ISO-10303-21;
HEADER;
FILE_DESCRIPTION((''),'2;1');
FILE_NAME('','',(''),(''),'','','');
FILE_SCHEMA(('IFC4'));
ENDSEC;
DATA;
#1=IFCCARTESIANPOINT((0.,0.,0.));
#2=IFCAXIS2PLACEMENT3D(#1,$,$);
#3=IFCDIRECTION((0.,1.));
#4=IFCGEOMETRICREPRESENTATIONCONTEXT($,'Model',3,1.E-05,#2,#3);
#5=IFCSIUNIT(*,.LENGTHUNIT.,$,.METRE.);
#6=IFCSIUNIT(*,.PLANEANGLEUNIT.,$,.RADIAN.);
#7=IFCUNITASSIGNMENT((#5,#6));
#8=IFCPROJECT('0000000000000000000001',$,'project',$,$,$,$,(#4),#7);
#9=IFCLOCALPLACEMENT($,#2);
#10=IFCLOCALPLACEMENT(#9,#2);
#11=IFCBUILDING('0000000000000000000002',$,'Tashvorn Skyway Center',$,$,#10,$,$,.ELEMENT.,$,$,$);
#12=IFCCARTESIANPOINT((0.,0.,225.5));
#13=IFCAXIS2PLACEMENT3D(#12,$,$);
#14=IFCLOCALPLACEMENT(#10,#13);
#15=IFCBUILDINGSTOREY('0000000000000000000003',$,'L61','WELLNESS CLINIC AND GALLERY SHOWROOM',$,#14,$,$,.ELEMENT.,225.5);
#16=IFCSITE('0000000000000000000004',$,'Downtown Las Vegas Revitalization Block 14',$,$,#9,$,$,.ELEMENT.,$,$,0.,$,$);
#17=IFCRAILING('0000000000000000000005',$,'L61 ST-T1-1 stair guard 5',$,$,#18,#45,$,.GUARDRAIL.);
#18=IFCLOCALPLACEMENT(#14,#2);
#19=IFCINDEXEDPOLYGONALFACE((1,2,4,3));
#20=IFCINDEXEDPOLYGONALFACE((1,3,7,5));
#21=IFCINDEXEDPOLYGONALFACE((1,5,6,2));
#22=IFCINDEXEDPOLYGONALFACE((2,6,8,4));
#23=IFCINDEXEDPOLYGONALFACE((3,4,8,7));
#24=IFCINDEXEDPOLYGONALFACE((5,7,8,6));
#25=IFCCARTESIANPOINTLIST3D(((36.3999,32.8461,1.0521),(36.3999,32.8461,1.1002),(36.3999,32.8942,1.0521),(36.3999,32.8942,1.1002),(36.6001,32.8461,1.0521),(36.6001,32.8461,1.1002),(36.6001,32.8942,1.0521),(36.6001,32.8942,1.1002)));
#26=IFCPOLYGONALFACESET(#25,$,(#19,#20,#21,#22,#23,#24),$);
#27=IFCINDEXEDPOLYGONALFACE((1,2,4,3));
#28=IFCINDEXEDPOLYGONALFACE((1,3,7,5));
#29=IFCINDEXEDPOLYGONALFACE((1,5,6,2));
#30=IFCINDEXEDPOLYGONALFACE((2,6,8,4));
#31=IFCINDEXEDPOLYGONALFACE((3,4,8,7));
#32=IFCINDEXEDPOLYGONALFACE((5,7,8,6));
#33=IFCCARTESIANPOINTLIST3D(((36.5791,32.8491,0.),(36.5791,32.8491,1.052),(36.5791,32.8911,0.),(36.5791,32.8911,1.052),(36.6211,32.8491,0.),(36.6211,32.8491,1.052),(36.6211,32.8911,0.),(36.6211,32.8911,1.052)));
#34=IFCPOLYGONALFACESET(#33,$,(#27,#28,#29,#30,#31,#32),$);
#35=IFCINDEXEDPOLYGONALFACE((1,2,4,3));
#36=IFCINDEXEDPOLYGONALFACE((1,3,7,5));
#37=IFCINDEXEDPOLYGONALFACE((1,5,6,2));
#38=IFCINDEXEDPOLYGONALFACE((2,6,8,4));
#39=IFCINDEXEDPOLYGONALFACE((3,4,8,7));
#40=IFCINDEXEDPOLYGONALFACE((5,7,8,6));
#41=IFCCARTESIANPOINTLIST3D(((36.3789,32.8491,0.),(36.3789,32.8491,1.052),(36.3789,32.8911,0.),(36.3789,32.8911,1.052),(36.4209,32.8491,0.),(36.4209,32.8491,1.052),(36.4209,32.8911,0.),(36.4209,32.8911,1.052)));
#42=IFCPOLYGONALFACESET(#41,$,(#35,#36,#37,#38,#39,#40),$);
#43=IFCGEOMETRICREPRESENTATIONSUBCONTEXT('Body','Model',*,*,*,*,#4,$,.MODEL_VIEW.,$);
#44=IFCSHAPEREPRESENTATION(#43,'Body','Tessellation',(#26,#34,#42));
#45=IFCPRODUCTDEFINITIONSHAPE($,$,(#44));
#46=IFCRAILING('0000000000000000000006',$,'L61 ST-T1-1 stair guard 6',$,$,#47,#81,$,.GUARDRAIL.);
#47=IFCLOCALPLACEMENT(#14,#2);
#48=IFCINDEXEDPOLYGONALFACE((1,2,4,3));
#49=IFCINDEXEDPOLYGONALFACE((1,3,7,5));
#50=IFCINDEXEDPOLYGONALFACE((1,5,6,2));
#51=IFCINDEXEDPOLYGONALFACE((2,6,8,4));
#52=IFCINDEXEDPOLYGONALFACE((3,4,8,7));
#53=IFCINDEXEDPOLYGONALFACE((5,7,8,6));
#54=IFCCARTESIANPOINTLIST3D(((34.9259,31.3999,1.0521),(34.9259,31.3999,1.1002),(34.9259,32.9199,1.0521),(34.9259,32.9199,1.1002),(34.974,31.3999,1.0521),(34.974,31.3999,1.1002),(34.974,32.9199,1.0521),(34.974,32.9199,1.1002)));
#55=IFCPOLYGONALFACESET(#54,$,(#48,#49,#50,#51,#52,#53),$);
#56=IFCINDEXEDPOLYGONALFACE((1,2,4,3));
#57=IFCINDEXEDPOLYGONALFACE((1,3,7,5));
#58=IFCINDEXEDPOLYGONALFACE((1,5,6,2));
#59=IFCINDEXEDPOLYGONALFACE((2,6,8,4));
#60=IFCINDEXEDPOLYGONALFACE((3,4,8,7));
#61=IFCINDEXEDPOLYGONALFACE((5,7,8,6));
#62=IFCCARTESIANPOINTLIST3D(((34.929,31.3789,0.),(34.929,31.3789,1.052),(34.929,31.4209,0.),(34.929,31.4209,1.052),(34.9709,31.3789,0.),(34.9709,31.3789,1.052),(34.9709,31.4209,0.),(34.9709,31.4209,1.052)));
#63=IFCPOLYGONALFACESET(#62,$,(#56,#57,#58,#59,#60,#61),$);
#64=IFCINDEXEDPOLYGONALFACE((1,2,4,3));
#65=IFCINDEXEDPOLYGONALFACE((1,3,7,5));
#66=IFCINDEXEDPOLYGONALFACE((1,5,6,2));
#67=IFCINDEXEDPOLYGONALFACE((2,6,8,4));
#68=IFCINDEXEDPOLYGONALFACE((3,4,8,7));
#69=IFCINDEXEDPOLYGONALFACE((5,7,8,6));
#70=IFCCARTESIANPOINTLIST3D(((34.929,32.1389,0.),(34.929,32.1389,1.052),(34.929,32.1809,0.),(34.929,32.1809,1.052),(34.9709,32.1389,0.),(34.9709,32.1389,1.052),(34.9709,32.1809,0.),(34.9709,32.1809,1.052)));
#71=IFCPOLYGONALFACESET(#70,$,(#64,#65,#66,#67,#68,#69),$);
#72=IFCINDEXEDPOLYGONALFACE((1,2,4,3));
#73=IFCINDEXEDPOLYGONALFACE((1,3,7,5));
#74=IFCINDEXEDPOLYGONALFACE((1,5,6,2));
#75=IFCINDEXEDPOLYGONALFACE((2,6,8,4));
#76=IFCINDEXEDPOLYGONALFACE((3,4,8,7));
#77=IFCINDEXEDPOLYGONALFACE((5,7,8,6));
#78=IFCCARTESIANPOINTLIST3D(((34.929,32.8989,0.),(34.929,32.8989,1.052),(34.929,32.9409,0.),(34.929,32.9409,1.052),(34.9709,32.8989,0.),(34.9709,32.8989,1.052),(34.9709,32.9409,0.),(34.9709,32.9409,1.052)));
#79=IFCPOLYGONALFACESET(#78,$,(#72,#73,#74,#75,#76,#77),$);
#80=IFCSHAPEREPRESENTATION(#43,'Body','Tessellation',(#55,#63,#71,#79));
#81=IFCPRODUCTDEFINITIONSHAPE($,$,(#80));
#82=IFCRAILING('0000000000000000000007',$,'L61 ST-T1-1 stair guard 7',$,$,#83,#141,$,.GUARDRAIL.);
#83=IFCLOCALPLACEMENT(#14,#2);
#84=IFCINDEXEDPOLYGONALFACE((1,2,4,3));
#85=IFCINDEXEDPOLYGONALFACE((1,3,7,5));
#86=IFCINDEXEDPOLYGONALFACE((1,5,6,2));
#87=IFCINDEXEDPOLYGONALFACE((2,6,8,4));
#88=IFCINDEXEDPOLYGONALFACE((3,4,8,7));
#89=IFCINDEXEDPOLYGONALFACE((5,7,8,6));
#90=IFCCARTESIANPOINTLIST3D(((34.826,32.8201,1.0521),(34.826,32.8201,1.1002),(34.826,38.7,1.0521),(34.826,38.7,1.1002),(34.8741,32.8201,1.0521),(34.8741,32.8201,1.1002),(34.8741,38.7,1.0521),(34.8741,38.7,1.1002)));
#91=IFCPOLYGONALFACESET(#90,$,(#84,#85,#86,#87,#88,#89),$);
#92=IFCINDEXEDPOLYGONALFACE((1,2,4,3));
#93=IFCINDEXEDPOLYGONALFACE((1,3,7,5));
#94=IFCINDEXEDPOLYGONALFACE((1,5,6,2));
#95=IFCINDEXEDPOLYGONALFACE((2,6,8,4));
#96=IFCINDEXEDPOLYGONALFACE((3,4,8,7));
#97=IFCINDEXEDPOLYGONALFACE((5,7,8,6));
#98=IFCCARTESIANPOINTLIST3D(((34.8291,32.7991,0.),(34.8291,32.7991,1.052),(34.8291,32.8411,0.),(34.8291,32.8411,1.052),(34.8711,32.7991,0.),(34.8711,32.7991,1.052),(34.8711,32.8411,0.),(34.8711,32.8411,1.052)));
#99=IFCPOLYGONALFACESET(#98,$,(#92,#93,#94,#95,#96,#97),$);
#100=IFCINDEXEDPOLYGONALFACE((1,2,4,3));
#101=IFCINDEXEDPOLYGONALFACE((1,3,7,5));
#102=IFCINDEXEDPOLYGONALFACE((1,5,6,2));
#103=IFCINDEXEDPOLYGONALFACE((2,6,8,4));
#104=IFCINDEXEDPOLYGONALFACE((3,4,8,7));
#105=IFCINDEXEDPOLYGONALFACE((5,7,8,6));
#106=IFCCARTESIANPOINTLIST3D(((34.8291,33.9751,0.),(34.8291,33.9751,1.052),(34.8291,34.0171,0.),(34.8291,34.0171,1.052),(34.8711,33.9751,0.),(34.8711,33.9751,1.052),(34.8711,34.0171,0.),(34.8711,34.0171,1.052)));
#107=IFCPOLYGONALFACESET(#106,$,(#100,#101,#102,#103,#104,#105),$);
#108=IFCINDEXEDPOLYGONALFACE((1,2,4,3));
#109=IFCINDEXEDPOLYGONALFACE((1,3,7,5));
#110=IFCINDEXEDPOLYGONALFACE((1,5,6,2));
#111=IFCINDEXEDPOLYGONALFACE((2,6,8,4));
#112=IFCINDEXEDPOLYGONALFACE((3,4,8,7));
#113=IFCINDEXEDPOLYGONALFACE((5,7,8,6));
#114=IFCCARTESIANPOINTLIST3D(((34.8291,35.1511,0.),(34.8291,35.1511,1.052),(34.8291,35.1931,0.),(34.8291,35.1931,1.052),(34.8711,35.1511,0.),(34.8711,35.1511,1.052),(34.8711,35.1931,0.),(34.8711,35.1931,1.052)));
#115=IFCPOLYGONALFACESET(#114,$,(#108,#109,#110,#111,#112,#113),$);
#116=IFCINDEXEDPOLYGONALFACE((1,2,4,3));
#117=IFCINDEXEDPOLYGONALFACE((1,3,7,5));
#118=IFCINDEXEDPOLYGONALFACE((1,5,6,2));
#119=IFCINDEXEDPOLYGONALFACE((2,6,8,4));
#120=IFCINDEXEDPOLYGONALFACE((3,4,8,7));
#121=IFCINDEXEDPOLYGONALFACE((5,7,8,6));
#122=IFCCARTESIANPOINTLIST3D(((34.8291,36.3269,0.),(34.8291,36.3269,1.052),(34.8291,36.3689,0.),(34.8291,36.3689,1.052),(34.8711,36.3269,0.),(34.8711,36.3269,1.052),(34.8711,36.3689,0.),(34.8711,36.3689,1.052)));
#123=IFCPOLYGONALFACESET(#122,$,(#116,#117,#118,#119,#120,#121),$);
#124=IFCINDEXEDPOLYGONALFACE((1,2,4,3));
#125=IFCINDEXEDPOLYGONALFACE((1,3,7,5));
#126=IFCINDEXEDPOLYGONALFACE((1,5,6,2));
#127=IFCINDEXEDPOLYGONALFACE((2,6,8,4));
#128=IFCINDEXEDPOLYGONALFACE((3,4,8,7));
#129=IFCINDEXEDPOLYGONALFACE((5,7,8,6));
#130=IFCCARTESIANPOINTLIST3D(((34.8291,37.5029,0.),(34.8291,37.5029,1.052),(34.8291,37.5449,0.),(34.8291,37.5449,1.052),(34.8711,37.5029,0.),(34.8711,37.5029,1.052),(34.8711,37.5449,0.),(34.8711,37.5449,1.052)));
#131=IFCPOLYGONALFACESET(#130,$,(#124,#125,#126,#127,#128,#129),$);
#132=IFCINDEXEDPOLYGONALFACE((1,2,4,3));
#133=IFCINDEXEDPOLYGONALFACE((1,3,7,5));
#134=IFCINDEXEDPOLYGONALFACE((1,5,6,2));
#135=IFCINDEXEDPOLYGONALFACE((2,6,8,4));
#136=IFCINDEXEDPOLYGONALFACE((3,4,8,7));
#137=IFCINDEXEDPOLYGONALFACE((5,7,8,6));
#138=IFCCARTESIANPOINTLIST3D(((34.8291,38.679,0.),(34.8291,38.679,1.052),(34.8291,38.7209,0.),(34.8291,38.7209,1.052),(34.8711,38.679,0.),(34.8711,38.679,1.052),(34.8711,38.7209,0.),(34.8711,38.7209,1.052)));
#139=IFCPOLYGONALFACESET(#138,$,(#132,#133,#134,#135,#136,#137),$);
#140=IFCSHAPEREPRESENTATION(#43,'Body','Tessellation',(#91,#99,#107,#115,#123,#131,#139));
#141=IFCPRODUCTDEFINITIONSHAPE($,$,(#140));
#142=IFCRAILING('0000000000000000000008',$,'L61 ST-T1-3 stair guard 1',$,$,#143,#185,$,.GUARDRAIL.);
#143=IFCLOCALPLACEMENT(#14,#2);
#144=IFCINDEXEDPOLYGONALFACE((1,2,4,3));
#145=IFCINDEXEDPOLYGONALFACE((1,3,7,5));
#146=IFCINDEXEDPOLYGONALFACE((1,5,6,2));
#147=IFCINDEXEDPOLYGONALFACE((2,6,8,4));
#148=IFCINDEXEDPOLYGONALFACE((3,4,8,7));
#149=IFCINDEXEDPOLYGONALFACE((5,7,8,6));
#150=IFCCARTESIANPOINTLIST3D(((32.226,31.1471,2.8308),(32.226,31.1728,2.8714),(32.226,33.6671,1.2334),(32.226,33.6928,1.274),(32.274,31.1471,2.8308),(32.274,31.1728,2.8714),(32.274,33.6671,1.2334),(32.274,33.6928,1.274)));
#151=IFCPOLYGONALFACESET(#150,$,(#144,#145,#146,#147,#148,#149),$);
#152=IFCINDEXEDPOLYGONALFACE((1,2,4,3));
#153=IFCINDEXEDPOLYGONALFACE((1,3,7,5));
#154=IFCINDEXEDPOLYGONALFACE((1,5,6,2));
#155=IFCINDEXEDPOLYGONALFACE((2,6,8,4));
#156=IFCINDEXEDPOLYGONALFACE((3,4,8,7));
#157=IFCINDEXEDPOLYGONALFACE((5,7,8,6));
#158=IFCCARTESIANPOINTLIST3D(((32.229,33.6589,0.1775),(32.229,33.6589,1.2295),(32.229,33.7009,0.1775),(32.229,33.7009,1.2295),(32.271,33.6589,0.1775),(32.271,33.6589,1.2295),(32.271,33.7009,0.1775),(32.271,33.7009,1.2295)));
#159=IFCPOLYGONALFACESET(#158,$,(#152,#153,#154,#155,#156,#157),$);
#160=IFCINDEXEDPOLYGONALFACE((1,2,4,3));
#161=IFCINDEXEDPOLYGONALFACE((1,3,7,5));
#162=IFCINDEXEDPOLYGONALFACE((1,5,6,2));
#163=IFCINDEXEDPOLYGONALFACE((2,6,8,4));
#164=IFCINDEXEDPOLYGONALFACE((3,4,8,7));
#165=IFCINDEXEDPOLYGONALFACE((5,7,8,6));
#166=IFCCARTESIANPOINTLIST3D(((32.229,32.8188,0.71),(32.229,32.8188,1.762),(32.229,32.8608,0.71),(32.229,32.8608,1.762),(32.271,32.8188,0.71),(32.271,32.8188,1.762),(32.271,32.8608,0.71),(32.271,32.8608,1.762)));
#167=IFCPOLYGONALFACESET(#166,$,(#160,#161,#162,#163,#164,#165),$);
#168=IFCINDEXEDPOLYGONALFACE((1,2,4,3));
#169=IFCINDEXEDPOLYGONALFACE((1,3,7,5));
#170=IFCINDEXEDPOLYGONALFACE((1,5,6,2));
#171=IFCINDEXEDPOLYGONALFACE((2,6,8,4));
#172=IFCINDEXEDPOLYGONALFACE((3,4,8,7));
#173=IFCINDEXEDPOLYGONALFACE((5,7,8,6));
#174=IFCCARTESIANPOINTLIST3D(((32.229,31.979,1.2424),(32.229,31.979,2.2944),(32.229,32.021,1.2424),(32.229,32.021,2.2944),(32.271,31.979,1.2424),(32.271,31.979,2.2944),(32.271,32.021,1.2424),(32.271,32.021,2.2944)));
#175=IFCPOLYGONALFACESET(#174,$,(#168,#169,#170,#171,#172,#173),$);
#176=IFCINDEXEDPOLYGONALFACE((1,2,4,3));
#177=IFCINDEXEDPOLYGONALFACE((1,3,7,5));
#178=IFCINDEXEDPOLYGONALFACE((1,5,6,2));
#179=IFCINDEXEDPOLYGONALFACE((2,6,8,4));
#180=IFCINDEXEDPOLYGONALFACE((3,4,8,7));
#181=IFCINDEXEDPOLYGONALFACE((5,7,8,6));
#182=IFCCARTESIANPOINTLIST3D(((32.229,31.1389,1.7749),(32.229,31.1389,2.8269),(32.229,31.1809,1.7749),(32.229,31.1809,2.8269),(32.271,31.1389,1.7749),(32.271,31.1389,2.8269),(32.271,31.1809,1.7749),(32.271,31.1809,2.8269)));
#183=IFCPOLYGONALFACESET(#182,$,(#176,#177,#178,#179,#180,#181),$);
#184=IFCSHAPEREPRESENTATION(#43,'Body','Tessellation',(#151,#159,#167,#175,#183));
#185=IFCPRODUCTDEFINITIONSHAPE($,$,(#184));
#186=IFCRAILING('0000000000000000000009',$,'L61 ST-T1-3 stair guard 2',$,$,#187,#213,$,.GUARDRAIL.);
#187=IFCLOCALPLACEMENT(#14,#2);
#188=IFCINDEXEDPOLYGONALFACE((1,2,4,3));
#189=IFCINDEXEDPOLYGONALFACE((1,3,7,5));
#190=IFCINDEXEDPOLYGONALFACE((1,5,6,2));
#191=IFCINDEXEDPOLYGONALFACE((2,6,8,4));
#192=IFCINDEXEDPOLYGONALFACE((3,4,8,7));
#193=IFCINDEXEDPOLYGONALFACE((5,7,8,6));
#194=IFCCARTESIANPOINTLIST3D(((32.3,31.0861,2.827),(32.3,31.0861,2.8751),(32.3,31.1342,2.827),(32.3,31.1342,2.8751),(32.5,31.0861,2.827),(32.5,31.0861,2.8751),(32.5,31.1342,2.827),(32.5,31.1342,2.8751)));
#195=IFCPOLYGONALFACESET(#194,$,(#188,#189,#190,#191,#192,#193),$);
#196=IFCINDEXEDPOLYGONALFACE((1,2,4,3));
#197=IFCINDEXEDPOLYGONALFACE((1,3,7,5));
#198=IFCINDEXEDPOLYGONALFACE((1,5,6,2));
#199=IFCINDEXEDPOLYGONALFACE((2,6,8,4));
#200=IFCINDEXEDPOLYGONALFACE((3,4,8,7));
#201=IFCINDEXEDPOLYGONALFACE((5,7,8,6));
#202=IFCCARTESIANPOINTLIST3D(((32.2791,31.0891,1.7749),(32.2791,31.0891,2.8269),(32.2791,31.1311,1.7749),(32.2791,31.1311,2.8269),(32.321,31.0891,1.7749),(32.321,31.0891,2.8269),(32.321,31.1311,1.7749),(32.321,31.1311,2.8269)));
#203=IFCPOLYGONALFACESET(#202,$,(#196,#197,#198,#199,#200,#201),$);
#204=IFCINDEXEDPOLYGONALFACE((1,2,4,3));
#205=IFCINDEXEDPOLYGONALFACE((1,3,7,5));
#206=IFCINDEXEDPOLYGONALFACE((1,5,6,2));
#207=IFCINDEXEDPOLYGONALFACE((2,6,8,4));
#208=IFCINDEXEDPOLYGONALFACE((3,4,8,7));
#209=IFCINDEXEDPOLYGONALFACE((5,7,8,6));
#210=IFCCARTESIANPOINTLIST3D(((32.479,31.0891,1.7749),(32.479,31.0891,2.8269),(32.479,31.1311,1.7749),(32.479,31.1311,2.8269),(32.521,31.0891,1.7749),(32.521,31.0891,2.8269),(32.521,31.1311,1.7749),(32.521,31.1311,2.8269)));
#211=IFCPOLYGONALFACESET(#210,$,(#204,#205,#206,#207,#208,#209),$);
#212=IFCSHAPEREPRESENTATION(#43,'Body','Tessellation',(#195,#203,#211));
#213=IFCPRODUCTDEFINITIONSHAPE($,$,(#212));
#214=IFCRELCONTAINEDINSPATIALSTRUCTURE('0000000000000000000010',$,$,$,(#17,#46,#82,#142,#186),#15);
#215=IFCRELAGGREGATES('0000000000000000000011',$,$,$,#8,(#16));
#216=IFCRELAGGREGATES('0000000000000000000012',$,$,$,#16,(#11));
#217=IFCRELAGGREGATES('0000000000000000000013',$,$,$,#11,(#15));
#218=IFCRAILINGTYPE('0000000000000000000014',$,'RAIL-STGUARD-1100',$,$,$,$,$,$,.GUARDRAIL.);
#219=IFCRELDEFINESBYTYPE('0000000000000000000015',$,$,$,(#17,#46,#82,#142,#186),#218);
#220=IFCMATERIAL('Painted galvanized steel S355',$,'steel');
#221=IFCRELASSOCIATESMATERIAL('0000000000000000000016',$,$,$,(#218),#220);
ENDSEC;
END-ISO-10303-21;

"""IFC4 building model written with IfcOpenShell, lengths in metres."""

from ifc_helpers import new_model, si_unit, direction, frame, origin, origin_2d, place, context, subcontext, project, spatial, rectangle, extrude, material, type_object, element, save


model = new_model("IFC4")

# Units and contexts
model_context = context("Model", 3, precision=1e-05, world=origin(), true_north=direction((0.0, 1.0)))
body_context = subcontext(model_context, "Body", "Model", "MODEL_VIEW")
ifc_project = project(units=[si_unit("LENGTHUNIT", "METRE"), si_unit("PLANEANGLEUNIT", "RADIAN")], contexts=[model_context])

# Site, building, storey
site_placement = place(None, origin())
site = spatial("IfcSite", under=ifc_project, at=site_placement, Name="Downtown Las Vegas Revitalization Block 14", CompositionType="ELEMENT", RefElevation=0.0)
building_placement = place(site_placement, origin())
building = spatial("IfcBuilding", under=site, at=building_placement, Name="Tashvorn Skyway Center", CompositionType="ELEMENT")
storey_placement = place(building_placement, frame((0.0, 0.0, 225.5)))
storey = spatial("IfcBuildingStorey", under=building, at=storey_placement, Name="L61", Description="WELLNESS CLINIC AND GALLERY SHOWROOM", CompositionType="ELEMENT", Elevation=225.5)

# Railings
ifc_material_1 = material(Name="Painted galvanized steel S355", Category="steel")
railing_type_1 = type_object("IfcRailingType", Name="RAIL-STGUARD-1100", PredefinedType="GUARDRAIL", material=ifc_material_1)
railing_1_placement = place(storey_placement, frame((36.6001, 32.8701, 0.0)))
element("IfcRailing", 1, at=railing_1_placement, inside=storey, type_object=railing_type_1, Name="L61 ST-T1-1 stair guard 5", PredefinedType="GUARDRAIL", context=body_context, shape_type="SweptSolid", body=[
    extrude(rectangle(XDim=0.0481, YDim=0.0481, at=origin_2d()), frame((0.0, 0.0, 1.0762), z_axis=(-1.0, 0.0, 0.0), x_axis=(0.0, -1.0, 0.0)), (0.0, 0.0, 1.0), 0.2002),
    extrude(rectangle(XDim=0.042, YDim=0.042, at=origin_2d()), origin(), (0.0, 0.0, 1.0), 1.052),
    extrude(rectangle(XDim=0.042, YDim=0.042, at=origin_2d()), frame((-0.2002, 0.0, 0.0)), (0.0, 0.0, 1.0), 1.052),
])
railing_2_placement = place(storey_placement, frame((34.95, 31.3999, 0.0)))
element("IfcRailing", 2, at=railing_2_placement, inside=storey, type_object=railing_type_1, Name="L61 ST-T1-1 stair guard 6", PredefinedType="GUARDRAIL", context=body_context, shape_type="SweptSolid", body=[
    extrude(rectangle(XDim=0.0481, YDim=0.0481, at=origin_2d()), frame((0.0, 0.0, 1.0762), z_axis=(0.0, 1.0, 0.0), x_axis=(-1.0, 0.0, 0.0)), (0.0, 0.0, 1.0), 1.52),
    extrude(rectangle(XDim=0.042, YDim=0.042, at=origin_2d()), origin(), (0.0, 0.0, 1.0), 1.052),
    extrude(rectangle(XDim=0.042, YDim=0.042, at=origin_2d()), frame((0.0, 0.76, 0.0)), (0.0, 0.0, 1.0), 1.052),
    extrude(rectangle(XDim=0.042, YDim=0.042, at=origin_2d()), frame((0.0, 1.52, 0.0)), (0.0, 0.0, 1.0), 1.052),
])
railing_3_placement = place(storey_placement, frame((34.8501, 32.8201, 0.0)))
element("IfcRailing", 3, at=railing_3_placement, inside=storey, type_object=railing_type_1, Name="L61 ST-T1-1 stair guard 7", PredefinedType="GUARDRAIL", context=body_context, shape_type="SweptSolid", body=[
    extrude(rectangle(XDim=0.0481, YDim=0.0481, at=origin_2d()), frame((0.0, 0.0, 1.0762), z_axis=(0.0, 1.0, 0.0), x_axis=(-1.0, 0.0, 0.0)), (0.0, 0.0, 1.0), 5.8799),
    extrude(rectangle(XDim=0.042, YDim=0.042, at=origin_2d()), origin(), (0.0, 0.0, 1.0), 1.052),
    extrude(rectangle(XDim=0.042, YDim=0.042, at=origin_2d()), frame((0.0, 1.176, 0.0)), (0.0, 0.0, 1.0), 1.052),
    extrude(rectangle(XDim=0.042, YDim=0.042, at=origin_2d()), frame((0.0, 2.3521, 0.0)), (0.0, 0.0, 1.0), 1.052),
    extrude(rectangle(XDim=0.042, YDim=0.042, at=origin_2d()), frame((0.0, 3.5278, 0.0)), (0.0, 0.0, 1.0), 1.052),
    extrude(rectangle(XDim=0.042, YDim=0.042, at=origin_2d()), frame((0.0, 4.7039, 0.0)), (0.0, 0.0, 1.0), 1.052),
    extrude(rectangle(XDim=0.042, YDim=0.042, at=origin_2d()), frame((0.0, 5.8799, 0.0)), (0.0, 0.0, 1.0), 1.052),
])
railing_4_placement = place(storey_placement, frame((32.25, 33.6799, 0.1775)))
element("IfcRailing", 4, at=railing_4_placement, inside=storey, type_object=railing_type_1, Name="L61 ST-T1-3 stair guard 1", PredefinedType="GUARDRAIL", context=body_context, shape_type="SweptSolid", body=[
    extrude(rectangle(XDim=0.0481, YDim=0.0481, at=origin_2d()), frame((0.0, 0.0, 1.0762), z_axis=(0.0, -0.844607, 0.535387), x_axis=(1.0, 0.0, 0.0)), (0.0, 0.0, 1.0), 2.9836),
    extrude(rectangle(XDim=0.042, YDim=0.042, at=origin_2d()), origin(), (0.0, 0.0, 1.0), 1.052),
    extrude(rectangle(XDim=0.042, YDim=0.042, at=origin_2d()), frame((0.0, -0.8401, 0.5325)), (0.0, 0.0, 1.0), 1.052),
    extrude(rectangle(XDim=0.042, YDim=0.042, at=origin_2d()), frame((0.0, -1.6799, 1.0649)), (0.0, 0.0, 1.0), 1.052),
    extrude(rectangle(XDim=0.042, YDim=0.042, at=origin_2d()), frame((0.0, -2.52, 1.5974)), (0.0, 0.0, 1.0), 1.052),
])
railing_5_placement = place(storey_placement, frame((32.3, 31.1101, 1.7749)))
element("IfcRailing", 5, at=railing_5_placement, inside=storey, type_object=railing_type_1, Name="L61 ST-T1-3 stair guard 2", PredefinedType="GUARDRAIL", context=body_context, shape_type="SweptSolid", body=[
    extrude(rectangle(XDim=0.0481, YDim=0.0481, at=origin_2d()), frame((0.0, 0.0, 1.0762), z_axis=(1.0, 0.0, 0.0), x_axis=(0.0, 1.0, 0.0)), (0.0, 0.0, 1.0), 0.2),
    extrude(rectangle(XDim=0.042, YDim=0.042, at=origin_2d()), origin(), (0.0, 0.0, 1.0), 1.052),
    extrude(rectangle(XDim=0.042, YDim=0.042, at=origin_2d()), frame((0.2, 0.0, 0.0)), (0.0, 0.0, 1.0), 1.052),
])

save(model, "model.ifc")
